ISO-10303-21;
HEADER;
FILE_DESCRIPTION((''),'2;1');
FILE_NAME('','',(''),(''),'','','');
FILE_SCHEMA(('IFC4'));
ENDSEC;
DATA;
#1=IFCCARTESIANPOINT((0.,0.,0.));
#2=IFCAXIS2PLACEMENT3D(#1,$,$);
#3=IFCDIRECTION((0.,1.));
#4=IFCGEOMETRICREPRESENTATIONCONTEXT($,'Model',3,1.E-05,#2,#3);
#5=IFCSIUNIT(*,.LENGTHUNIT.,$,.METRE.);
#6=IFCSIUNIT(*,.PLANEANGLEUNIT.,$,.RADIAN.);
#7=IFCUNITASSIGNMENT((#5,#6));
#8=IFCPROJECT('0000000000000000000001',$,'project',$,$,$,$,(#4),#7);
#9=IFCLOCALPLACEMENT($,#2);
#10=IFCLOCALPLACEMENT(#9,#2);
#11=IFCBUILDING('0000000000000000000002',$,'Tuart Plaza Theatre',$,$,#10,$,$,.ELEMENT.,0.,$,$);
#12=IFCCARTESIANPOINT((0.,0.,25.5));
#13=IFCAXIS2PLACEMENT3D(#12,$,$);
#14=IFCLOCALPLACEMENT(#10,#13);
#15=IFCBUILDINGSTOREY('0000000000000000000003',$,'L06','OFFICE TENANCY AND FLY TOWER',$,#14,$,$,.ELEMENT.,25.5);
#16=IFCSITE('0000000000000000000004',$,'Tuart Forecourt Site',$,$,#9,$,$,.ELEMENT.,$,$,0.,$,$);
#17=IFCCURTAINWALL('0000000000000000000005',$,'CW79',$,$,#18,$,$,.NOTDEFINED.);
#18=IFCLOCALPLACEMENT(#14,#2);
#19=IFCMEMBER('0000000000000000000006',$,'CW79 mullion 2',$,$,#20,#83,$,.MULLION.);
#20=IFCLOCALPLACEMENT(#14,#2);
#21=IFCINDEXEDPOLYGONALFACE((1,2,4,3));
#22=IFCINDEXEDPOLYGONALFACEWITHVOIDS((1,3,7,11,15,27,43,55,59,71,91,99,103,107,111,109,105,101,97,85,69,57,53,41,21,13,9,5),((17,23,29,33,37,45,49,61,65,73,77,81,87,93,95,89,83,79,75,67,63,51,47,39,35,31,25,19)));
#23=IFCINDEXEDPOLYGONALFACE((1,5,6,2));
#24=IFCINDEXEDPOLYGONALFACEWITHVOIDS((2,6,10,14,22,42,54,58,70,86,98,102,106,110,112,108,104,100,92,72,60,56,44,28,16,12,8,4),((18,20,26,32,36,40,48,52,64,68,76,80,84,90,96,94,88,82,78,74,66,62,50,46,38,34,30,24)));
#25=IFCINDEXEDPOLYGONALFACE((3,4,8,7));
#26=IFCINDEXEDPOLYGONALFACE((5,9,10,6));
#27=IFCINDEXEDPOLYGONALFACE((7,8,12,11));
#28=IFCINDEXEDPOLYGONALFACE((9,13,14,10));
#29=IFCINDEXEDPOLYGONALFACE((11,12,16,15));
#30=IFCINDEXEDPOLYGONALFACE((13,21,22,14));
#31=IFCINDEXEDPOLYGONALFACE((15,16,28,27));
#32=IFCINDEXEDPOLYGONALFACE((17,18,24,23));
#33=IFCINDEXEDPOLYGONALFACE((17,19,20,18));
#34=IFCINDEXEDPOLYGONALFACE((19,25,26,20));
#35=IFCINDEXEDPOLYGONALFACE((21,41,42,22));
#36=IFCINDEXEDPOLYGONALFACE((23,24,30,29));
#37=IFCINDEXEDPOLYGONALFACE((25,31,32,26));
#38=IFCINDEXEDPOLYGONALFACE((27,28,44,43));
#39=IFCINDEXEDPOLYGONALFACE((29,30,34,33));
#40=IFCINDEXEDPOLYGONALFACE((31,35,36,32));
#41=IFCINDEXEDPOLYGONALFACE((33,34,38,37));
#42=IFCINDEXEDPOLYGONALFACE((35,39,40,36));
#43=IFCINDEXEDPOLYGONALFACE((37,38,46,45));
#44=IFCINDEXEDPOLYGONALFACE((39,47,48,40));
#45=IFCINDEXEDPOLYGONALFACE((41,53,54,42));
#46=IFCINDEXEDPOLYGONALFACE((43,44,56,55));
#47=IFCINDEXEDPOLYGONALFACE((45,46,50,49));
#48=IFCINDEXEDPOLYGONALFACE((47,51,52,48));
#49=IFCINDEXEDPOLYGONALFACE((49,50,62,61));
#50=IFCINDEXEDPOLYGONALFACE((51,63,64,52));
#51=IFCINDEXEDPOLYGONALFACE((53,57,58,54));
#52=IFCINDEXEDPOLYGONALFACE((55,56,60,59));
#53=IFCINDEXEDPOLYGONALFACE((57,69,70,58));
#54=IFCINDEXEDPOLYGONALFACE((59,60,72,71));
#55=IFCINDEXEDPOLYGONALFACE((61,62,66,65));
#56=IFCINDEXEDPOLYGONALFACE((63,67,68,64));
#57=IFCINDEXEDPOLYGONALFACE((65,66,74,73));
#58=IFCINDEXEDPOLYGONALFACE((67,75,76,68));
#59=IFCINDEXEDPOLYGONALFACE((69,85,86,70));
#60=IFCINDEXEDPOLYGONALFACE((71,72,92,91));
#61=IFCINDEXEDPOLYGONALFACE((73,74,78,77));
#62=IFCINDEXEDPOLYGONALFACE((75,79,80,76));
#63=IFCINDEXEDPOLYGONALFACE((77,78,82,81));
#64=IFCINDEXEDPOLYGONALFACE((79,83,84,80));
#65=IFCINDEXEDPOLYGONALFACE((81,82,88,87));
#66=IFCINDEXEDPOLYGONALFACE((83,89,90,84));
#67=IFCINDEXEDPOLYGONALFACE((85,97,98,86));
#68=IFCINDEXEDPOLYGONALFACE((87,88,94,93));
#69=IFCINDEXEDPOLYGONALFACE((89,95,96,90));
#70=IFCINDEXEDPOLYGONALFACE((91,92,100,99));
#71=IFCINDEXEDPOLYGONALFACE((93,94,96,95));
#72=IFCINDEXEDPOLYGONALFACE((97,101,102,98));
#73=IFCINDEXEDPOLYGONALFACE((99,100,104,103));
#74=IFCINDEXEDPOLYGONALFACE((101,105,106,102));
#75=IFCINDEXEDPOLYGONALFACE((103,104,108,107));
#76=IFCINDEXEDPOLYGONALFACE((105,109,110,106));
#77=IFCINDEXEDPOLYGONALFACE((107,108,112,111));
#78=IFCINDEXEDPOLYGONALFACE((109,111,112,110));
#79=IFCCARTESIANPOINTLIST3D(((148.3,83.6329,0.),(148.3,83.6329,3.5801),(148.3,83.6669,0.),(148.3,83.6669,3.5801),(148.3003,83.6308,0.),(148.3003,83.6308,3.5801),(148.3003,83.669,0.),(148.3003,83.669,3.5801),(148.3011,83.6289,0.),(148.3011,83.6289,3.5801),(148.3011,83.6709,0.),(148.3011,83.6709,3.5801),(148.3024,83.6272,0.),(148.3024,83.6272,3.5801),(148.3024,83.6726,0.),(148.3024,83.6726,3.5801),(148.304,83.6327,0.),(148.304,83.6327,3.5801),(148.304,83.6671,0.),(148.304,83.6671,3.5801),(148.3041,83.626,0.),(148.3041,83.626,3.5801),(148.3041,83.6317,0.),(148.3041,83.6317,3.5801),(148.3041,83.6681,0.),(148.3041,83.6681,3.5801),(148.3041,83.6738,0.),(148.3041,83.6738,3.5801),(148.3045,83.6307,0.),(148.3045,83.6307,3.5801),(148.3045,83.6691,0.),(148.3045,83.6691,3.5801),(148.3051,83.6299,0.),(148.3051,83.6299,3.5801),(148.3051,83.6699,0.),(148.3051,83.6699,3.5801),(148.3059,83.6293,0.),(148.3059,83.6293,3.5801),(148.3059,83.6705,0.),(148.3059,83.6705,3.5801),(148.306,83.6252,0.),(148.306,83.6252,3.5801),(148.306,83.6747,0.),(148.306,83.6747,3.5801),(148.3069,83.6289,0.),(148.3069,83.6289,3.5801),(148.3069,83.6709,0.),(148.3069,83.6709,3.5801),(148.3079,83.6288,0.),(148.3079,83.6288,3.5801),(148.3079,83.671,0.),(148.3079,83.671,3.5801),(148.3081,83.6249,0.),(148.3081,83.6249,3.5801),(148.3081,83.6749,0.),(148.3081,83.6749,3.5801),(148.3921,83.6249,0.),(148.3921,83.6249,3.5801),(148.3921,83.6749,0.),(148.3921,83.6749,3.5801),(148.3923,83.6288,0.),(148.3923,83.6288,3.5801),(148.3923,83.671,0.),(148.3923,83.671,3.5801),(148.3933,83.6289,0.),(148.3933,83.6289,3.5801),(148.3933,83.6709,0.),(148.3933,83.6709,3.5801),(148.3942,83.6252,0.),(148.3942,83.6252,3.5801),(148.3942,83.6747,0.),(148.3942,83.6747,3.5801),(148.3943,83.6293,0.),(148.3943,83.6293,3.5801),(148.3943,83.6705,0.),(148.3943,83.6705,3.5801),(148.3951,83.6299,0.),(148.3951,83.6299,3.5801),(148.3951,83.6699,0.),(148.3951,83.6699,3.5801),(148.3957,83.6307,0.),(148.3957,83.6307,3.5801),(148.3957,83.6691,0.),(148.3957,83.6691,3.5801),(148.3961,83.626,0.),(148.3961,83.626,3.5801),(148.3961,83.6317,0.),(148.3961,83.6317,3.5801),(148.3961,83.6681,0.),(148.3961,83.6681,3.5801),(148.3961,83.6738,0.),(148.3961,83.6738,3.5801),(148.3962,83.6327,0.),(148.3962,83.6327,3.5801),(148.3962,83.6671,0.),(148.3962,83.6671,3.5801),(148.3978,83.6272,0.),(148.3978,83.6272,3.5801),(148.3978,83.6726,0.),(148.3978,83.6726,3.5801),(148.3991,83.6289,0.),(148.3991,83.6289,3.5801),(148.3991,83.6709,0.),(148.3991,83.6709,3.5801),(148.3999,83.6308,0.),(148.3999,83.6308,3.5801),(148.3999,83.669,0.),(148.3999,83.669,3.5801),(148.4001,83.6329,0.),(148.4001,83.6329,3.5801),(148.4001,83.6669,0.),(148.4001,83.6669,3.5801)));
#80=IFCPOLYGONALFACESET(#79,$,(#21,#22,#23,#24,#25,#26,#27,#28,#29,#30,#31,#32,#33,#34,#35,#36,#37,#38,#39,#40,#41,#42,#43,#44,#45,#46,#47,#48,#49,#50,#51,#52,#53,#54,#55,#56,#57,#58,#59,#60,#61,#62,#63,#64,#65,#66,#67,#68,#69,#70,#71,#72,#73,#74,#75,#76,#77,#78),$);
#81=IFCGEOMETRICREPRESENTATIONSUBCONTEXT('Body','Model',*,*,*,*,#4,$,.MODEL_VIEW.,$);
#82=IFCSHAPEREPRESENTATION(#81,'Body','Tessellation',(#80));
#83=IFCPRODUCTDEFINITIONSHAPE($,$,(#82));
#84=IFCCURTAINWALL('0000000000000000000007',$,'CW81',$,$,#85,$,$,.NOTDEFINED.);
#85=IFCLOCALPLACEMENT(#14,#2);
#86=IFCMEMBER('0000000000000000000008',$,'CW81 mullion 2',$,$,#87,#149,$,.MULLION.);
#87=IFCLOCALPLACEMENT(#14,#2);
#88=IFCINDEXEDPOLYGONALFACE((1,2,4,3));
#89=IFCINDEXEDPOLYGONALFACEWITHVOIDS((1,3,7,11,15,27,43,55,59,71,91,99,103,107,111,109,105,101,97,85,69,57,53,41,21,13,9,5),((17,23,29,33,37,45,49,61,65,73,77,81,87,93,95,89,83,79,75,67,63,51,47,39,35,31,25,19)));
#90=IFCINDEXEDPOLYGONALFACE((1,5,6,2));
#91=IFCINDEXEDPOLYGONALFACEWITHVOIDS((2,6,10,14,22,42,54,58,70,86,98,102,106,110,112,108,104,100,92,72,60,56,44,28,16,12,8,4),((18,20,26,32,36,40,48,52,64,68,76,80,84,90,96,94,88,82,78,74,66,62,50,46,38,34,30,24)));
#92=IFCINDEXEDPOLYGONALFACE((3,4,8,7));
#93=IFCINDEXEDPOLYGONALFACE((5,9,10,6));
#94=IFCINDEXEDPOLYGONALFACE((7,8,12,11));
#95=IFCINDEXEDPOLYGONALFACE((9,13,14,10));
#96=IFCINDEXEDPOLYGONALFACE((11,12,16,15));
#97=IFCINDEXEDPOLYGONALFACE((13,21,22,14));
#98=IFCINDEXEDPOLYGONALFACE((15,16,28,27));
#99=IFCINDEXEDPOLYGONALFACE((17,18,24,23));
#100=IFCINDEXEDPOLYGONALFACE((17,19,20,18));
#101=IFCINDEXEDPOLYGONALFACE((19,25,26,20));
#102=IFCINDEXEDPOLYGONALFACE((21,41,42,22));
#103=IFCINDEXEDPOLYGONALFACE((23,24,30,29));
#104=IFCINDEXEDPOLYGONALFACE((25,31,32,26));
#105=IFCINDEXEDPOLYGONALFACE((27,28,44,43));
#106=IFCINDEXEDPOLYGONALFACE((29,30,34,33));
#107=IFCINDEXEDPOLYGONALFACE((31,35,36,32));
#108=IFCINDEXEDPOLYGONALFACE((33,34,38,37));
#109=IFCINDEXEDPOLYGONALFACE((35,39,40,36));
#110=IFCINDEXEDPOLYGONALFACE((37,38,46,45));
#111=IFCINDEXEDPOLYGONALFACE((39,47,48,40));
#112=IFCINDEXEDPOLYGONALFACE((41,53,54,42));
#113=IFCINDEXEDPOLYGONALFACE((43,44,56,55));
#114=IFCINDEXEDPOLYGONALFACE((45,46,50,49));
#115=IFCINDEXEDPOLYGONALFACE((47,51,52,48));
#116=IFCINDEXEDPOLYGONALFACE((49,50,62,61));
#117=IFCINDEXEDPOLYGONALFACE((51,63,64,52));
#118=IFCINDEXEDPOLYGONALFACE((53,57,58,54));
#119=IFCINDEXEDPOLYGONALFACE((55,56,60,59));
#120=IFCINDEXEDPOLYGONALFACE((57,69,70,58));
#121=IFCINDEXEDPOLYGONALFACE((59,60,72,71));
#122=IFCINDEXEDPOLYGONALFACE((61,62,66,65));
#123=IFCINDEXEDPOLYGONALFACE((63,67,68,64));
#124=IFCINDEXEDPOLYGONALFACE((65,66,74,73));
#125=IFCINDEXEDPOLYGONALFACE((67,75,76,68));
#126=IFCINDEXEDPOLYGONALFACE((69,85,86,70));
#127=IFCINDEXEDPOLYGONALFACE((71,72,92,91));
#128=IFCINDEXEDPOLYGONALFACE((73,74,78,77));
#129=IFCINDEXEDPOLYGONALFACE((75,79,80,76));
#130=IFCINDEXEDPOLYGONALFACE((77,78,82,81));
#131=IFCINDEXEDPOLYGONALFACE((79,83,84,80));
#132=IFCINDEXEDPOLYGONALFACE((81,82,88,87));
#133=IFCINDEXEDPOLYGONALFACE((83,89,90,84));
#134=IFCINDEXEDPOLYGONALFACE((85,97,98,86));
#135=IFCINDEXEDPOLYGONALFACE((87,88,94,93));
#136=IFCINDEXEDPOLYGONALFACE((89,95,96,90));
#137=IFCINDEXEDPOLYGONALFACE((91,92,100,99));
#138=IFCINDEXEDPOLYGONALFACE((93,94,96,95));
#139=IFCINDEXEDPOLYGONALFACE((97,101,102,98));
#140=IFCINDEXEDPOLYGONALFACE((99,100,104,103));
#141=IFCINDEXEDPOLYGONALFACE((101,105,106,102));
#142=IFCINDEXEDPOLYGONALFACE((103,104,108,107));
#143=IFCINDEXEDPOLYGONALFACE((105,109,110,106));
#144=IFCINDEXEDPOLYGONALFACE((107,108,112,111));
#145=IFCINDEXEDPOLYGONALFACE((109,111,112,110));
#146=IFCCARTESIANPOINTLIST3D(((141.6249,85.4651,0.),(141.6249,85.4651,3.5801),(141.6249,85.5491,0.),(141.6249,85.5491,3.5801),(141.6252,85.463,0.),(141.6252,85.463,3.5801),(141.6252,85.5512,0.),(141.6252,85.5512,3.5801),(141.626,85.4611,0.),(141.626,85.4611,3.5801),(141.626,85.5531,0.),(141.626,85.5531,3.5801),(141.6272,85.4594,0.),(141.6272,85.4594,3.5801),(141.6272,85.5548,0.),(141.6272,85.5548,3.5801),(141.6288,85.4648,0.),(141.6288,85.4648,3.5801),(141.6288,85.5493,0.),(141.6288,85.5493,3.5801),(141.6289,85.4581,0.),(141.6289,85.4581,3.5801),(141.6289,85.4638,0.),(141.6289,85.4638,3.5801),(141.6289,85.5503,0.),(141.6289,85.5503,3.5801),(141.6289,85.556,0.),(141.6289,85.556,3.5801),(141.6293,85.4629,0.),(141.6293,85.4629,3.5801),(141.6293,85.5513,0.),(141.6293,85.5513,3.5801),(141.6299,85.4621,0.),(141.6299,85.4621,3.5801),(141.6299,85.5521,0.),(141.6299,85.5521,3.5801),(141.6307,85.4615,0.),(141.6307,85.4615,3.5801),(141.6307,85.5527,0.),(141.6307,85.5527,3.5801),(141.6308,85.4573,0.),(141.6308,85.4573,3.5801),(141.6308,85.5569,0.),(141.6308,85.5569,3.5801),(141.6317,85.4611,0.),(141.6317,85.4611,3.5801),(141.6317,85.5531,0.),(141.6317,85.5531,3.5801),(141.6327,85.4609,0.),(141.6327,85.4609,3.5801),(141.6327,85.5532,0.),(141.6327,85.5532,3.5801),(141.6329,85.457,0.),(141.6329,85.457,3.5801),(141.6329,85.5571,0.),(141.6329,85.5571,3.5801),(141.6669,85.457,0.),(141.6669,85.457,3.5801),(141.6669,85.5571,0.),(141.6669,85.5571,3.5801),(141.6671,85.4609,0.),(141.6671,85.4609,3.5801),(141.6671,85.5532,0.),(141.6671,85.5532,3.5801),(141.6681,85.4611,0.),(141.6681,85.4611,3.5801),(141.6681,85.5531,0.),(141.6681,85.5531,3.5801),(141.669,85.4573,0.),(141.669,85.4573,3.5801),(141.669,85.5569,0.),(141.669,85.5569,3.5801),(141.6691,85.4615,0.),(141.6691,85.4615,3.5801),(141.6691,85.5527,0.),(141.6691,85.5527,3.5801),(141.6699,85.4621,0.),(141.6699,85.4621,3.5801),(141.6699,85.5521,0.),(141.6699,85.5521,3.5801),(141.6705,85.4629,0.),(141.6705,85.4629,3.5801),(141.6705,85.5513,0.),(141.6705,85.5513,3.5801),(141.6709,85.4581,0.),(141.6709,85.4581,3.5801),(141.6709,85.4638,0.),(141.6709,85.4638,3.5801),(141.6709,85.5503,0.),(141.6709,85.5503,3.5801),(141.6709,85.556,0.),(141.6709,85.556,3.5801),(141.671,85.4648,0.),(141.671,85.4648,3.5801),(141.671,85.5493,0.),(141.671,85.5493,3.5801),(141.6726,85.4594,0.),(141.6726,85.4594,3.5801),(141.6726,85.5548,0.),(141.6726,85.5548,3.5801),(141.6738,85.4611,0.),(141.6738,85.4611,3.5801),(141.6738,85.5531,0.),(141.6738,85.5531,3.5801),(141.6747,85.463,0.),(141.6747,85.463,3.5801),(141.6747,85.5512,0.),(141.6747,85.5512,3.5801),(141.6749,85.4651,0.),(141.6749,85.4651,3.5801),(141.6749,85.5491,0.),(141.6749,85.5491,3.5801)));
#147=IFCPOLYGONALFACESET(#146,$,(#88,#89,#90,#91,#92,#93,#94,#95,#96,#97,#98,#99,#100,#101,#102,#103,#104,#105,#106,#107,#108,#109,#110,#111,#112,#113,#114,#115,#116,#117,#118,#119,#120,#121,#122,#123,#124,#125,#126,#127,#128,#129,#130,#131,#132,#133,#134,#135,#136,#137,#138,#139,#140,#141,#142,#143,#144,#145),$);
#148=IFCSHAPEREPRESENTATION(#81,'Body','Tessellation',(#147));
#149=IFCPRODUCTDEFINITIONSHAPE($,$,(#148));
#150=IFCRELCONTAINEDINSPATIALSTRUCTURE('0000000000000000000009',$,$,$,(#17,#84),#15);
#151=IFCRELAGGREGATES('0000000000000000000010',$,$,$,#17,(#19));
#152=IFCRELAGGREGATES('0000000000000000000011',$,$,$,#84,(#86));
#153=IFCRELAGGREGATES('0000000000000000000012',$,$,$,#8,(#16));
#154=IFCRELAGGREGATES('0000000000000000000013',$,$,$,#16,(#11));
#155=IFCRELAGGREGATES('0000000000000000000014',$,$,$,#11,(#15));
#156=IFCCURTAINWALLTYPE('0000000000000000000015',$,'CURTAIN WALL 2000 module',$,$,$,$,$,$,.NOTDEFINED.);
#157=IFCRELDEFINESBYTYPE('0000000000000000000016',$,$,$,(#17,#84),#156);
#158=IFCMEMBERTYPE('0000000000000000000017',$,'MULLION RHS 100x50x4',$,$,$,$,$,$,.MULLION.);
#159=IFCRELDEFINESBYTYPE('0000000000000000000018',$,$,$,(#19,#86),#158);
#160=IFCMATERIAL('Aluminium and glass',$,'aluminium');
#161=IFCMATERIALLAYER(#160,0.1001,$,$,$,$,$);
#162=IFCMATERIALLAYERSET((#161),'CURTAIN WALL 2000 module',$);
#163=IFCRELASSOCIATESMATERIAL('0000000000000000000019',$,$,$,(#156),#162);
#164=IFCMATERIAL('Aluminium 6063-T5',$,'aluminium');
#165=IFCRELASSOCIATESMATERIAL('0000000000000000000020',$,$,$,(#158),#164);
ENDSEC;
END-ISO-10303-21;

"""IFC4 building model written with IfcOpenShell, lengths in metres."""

from ifc_helpers import new_model, si_unit, direction, frame, origin, origin_2d, place, context, subcontext, project, spatial, hollow_rectangle, extrude, material, layer, layer_set, material_profile, profile_set, type_object, element, aggregate, save


model = new_model("IFC4")

# Units and contexts
model_context = context("Model", 3, precision=1e-05, world=origin(), true_north=direction((0.0, 1.0)))
body_context = subcontext(model_context, "Body", "Model", "MODEL_VIEW")
ifc_project = project(units=[si_unit("LENGTHUNIT", "METRE"), si_unit("PLANEANGLEUNIT", "RADIAN")], contexts=[model_context])

# Site, building, storey
site_placement = place(None, origin())
site = spatial("IfcSite", under=ifc_project, at=site_placement, Name="Tuart Forecourt Site", CompositionType="ELEMENT", RefElevation=0.0)
building_placement = place(site_placement, origin())
building = spatial("IfcBuilding", under=site, at=building_placement, Name="Tuart Plaza Theatre", CompositionType="ELEMENT", ElevationOfRefHeight=0.0)
storey_placement = place(building_placement, frame((0.0, 0.0, 25.5)))
storey = spatial("IfcBuildingStorey", under=building, at=storey_placement, Name="L06", Description="OFFICE TENANCY AND FLY TOWER", CompositionType="ELEMENT", Elevation=25.5)

# Shared definitions
ifc_material_1 = material(Name="Aluminium and glass", Category="aluminium")
ifc_layer_1 = layer(ifc_material_1, 0.1001)
ifc_layer_set_1 = layer_set([ifc_layer_1], Name="CURTAIN WALL 2000 module")
curtain_wall_type = type_object("IfcCurtainWallType", Name="CURTAIN WALL 2000 module", PredefinedType="NOTDEFINED", material=ifc_layer_set_1)
ifc_material_2 = material(Name="Aluminium 6063-T5", Category="aluminium")
ifc_material_profile_1 = material_profile(ifc_material_2, hollow_rectangle(XDim=0.05, YDim=0.1001, WallThickness=0.0039, InnerFilletRadius=0.0039, OuterFilletRadius=0.0081, at=origin_2d()), Name="RHS 100x50x4")
ifc_profile_set_1 = profile_set([ifc_material_profile_1], Name="Aluminium 6063-T5")
member_type_1 = type_object("IfcMemberType", Name="MULLION RHS 100x50x4", PredefinedType="MULLION", material=ifc_profile_set_1)

# Curtain walls, members
curtain_wall_1_placement = place(storey_placement, origin())
curtain_wall_1 = element("IfcCurtainWall", 1, at=curtain_wall_1_placement, inside=storey, type_object=curtain_wall_type, Name="CW79", PredefinedType="NOTDEFINED")
member_1_placement = place(storey_placement, frame((148.3501, 83.6499, 0.0), z_axis=(0.0, 0.0, 1.0), x_axis=(0.0, -1.0, 0.0)))
member_1 = element("IfcMember", 2, at=member_1_placement, type_object=member_type_1, Name="CW79 mullion 2", PredefinedType="MULLION", context=body_context, shape_type="SweptSolid", body=[
    extrude(hollow_rectangle(XDim=0.05, YDim=0.1001, WallThickness=0.0039, InnerFilletRadius=0.0039, OuterFilletRadius=0.0081, at=origin_2d()), origin(), (0.0, 0.0, 1.0), 3.5801),
])
curtain_wall_2_placement = place(storey_placement, origin())
curtain_wall_2 = element("IfcCurtainWall", 3, at=curtain_wall_2_placement, inside=storey, type_object=curtain_wall_type, Name="CW81", PredefinedType="NOTDEFINED")
member_2_placement = place(storey_placement, frame((141.6499, 85.5071, 0.0), z_axis=(0.0, 0.0, 1.0), x_axis=(-1.0, 0.0, 0.0)))
member_2 = element("IfcMember", 4, at=member_2_placement, type_object=member_type_1, Name="CW81 mullion 2", PredefinedType="MULLION", context=body_context, shape_type="SweptSolid", body=[
    extrude(hollow_rectangle(XDim=0.05, YDim=0.1001, WallThickness=0.0039, InnerFilletRadius=0.0039, OuterFilletRadius=0.0081, at=origin_2d()), origin(), (0.0, 0.0, 1.0), 3.5801),
])

aggregate(curtain_wall_1, [member_1])
aggregate(curtain_wall_2, [member_2])

save(model, "model.ifc")
